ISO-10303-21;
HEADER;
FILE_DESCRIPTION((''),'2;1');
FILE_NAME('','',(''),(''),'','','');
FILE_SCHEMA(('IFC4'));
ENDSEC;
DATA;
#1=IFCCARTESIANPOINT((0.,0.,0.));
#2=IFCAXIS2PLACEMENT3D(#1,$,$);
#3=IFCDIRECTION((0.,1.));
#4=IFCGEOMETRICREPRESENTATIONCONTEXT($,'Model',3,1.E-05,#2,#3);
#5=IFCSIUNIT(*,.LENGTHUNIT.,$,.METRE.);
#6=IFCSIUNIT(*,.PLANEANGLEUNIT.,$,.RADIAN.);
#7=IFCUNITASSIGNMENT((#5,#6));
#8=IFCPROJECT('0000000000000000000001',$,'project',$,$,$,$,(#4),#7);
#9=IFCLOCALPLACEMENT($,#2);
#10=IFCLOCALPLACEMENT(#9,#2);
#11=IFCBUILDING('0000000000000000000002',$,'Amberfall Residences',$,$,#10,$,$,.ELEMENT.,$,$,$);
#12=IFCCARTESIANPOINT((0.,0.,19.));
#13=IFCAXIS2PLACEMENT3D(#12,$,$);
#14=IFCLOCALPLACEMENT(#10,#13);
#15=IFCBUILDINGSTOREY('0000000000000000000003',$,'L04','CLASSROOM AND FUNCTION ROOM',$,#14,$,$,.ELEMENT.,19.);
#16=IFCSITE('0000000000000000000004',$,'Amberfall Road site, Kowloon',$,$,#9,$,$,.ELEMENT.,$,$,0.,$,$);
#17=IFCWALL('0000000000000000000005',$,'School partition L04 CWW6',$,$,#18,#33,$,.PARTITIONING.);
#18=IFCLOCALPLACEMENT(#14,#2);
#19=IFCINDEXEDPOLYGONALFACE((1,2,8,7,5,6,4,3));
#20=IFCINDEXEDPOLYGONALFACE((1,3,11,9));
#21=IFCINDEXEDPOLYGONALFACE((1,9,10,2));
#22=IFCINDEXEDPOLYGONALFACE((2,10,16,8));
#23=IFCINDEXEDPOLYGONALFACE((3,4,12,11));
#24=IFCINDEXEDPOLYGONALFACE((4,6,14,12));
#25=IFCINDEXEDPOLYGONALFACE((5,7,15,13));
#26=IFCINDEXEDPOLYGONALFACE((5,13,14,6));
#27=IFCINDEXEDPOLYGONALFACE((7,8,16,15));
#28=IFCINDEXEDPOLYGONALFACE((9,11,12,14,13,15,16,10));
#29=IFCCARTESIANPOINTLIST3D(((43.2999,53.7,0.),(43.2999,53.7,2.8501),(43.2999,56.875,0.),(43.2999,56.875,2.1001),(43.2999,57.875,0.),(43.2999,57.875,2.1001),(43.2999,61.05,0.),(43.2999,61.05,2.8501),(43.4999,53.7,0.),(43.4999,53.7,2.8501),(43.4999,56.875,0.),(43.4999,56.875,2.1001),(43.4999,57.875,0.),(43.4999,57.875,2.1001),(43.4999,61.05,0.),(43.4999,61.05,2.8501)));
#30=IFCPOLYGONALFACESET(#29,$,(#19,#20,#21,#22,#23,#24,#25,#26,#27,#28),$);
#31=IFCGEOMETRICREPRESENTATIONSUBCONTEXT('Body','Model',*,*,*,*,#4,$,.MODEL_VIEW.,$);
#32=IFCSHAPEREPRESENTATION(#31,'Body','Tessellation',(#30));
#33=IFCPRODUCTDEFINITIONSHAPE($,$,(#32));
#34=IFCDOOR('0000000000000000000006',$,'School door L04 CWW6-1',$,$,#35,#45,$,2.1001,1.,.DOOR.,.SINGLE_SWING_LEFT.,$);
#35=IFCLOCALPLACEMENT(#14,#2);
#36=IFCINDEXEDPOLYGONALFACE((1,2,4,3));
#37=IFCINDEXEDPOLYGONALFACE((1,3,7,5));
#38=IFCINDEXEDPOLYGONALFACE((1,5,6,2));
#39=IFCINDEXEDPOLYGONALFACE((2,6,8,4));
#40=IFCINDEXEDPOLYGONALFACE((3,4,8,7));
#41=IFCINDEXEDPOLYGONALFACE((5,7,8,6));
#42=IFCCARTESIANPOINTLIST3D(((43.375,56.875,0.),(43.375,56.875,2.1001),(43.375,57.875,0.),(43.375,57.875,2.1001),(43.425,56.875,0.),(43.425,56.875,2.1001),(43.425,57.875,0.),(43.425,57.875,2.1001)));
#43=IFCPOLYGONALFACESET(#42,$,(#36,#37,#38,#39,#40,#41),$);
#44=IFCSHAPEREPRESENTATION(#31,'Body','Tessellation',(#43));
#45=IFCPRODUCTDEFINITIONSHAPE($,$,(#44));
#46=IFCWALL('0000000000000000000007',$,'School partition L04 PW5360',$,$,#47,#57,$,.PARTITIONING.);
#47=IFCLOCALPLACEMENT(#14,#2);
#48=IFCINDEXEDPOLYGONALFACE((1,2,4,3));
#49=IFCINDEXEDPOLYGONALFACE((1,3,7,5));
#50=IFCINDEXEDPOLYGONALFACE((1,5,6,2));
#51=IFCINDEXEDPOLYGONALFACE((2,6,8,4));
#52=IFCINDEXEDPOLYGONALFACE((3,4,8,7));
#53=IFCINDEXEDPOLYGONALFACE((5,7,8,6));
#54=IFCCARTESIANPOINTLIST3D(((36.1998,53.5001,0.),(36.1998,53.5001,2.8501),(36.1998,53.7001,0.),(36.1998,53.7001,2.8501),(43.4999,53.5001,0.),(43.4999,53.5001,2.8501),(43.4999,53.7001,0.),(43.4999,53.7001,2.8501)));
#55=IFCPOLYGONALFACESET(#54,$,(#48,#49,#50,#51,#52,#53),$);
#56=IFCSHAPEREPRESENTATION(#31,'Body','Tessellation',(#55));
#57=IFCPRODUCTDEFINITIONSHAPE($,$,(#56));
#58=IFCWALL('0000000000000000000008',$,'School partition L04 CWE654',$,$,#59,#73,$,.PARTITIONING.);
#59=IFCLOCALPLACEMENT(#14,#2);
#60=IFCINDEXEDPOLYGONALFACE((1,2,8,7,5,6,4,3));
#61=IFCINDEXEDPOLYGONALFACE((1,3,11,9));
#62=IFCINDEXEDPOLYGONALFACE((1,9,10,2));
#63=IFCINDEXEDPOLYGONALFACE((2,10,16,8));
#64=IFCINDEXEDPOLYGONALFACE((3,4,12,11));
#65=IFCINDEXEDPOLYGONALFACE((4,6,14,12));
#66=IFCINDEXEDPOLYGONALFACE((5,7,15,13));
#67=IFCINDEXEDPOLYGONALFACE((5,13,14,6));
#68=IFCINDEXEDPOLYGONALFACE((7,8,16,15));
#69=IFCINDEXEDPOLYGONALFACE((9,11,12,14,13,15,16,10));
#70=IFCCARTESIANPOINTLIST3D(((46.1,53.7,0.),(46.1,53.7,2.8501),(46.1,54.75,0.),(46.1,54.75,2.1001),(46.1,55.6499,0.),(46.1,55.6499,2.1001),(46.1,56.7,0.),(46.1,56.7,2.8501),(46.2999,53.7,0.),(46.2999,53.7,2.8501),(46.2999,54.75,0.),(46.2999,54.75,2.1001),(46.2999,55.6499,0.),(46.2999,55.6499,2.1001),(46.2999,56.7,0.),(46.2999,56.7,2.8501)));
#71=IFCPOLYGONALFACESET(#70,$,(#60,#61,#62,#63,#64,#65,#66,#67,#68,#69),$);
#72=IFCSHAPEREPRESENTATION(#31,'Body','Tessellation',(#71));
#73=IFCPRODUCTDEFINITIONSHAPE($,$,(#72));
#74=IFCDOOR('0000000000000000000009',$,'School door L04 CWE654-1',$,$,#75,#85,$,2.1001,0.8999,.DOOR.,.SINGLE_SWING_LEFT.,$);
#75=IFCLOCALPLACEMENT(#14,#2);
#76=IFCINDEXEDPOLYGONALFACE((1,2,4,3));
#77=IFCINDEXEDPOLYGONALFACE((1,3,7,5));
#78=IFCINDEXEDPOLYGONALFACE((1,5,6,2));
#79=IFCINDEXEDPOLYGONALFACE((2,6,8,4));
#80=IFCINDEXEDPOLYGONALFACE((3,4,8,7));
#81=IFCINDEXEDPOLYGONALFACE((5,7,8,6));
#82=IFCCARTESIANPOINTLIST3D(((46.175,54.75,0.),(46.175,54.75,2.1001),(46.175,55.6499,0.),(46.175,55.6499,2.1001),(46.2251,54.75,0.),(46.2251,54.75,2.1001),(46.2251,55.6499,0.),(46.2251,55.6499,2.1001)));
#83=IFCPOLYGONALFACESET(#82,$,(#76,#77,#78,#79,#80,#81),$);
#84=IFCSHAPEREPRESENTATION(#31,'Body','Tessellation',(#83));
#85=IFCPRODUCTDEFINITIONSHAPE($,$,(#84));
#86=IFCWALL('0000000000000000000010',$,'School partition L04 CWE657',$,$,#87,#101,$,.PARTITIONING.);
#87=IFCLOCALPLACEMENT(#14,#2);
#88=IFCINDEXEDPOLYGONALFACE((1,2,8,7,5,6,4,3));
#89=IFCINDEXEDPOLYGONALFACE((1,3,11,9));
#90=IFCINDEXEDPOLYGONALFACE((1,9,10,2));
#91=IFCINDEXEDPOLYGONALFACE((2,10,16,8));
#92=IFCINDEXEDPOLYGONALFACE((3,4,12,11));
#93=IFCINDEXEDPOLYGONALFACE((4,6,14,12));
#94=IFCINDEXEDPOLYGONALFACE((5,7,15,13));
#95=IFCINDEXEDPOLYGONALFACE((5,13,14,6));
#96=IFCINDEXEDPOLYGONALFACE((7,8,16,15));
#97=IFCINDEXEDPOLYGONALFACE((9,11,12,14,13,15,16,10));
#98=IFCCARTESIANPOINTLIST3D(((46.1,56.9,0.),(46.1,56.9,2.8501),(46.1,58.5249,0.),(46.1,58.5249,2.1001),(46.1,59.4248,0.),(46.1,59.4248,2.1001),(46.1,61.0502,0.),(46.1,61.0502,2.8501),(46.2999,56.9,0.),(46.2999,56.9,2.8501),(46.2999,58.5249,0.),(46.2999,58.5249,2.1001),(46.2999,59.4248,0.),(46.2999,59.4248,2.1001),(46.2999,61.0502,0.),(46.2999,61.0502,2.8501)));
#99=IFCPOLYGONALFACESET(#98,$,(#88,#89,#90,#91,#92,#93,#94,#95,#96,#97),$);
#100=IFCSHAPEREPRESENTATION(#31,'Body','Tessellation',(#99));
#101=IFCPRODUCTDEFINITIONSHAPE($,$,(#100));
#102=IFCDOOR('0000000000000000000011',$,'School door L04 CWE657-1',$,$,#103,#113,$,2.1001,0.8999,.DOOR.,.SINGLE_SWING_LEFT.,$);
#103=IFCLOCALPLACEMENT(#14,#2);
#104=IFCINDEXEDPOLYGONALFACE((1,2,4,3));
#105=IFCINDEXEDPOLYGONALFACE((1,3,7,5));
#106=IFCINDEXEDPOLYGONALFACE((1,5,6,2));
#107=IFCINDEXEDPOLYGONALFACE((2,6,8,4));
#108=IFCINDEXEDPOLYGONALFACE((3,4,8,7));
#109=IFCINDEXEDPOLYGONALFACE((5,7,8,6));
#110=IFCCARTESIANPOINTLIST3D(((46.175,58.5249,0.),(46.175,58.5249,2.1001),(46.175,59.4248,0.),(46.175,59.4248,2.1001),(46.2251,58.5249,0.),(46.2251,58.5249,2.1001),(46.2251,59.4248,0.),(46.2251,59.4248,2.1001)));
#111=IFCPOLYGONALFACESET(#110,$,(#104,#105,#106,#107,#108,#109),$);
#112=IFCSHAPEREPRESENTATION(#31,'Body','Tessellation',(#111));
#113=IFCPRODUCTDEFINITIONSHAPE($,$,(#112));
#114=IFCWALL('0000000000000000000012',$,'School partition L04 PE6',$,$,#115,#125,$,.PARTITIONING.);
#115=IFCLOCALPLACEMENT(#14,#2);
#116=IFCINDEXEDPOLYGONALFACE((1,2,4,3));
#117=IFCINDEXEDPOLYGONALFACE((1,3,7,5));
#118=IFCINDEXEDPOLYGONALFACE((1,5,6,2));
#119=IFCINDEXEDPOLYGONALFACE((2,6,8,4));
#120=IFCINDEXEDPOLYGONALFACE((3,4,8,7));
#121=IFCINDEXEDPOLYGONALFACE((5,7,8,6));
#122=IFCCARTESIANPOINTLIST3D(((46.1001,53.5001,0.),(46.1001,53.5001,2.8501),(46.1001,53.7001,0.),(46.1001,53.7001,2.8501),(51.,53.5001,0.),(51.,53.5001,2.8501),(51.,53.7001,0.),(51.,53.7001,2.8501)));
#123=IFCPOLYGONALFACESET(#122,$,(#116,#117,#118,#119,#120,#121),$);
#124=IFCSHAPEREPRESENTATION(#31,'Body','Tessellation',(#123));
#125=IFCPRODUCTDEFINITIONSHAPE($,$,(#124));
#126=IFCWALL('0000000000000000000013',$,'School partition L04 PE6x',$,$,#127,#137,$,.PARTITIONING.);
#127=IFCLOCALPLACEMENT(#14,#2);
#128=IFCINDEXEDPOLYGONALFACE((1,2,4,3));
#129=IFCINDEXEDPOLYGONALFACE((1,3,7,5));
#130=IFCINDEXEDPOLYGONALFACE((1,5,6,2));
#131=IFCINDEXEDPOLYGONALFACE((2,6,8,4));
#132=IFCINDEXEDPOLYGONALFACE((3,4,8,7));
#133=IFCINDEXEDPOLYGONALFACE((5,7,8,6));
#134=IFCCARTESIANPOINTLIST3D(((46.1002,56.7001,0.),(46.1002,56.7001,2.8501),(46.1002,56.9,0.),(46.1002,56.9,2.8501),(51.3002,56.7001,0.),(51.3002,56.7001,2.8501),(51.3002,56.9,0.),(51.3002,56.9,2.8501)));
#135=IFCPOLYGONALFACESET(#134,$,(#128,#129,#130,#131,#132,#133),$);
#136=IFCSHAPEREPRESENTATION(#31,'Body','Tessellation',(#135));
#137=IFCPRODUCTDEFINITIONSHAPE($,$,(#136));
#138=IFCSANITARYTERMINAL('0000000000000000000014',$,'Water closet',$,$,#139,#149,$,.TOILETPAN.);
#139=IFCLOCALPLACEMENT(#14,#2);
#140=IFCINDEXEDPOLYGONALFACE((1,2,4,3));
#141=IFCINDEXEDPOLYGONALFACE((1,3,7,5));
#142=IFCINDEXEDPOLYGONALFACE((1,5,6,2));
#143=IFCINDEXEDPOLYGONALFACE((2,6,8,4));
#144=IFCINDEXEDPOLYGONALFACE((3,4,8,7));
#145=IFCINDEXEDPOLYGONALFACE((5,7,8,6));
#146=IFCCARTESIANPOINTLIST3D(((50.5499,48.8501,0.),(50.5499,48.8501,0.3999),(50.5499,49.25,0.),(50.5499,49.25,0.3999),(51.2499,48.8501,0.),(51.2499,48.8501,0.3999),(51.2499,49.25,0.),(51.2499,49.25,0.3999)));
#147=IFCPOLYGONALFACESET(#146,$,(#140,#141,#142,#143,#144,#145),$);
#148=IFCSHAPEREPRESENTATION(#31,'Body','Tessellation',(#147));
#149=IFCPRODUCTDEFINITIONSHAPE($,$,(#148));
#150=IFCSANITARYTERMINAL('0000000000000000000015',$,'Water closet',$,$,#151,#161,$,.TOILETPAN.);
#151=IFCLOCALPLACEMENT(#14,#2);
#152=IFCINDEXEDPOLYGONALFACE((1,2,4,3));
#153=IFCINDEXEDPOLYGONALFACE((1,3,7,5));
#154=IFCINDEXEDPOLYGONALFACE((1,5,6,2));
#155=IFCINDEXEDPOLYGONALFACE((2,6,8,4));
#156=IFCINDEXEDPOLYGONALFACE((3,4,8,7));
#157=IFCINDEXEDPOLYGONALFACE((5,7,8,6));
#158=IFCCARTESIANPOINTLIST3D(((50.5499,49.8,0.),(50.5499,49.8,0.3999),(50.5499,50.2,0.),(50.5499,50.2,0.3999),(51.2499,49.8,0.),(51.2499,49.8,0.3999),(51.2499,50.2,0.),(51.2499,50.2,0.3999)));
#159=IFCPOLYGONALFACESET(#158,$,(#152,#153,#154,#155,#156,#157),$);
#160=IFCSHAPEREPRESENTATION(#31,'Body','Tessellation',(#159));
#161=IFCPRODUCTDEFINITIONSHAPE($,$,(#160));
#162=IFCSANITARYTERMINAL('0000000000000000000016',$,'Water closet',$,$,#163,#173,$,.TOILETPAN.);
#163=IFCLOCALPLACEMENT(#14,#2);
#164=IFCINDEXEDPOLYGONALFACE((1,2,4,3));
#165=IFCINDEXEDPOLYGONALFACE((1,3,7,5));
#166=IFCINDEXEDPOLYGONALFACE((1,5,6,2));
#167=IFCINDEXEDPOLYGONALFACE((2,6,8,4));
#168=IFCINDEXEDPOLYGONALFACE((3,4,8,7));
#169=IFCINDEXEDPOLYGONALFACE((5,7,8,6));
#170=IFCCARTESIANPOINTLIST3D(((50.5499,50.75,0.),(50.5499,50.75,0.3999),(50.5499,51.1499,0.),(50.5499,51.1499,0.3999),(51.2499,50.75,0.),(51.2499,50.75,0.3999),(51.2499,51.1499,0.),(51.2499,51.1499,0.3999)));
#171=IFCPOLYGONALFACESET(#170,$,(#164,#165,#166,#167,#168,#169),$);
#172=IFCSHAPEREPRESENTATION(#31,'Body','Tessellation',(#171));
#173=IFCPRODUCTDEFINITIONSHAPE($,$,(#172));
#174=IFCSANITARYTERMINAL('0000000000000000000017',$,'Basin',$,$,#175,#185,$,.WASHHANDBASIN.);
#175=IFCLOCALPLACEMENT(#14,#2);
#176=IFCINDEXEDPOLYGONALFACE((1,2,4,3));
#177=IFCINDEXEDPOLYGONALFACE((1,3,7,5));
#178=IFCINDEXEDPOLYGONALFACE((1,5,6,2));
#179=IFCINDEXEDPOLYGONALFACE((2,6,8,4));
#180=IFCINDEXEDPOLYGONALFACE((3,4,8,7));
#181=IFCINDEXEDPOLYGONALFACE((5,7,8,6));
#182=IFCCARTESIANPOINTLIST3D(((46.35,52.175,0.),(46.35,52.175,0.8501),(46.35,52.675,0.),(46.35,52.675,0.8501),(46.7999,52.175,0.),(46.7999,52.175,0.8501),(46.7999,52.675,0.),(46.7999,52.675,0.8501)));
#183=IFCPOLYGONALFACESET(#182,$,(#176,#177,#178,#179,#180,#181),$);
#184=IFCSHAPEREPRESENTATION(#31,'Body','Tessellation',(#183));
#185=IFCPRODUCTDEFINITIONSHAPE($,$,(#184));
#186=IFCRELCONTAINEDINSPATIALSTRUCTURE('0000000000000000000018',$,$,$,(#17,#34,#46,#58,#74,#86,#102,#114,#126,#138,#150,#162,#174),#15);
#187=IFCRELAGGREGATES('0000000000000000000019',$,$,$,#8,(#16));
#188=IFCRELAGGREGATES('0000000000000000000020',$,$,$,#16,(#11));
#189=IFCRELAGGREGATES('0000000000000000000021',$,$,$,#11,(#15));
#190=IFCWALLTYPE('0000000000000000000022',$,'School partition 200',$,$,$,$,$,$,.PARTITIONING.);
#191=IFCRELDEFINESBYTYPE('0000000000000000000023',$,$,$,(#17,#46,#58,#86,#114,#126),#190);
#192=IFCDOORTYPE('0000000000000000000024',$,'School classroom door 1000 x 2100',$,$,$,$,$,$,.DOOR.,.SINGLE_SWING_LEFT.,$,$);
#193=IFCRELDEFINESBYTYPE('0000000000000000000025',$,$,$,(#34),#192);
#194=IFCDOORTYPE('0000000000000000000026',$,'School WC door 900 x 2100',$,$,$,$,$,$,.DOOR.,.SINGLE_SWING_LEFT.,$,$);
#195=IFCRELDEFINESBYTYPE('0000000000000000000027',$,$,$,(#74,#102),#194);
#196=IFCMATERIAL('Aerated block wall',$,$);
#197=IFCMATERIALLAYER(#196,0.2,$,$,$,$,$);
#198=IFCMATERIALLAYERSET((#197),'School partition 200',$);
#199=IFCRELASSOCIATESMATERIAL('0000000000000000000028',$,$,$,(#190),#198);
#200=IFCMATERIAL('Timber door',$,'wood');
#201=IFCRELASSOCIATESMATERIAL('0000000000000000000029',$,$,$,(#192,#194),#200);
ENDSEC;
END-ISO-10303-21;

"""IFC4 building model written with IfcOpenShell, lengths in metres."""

from ifc_helpers import new_model, si_unit, direction, frame, frame_2d, origin, origin_2d, place, context, subcontext, project, spatial, rectangle, extrude, material, layer, layer_set, type_object, element, fill, save


model = new_model("IFC4")

# Units and contexts
model_context = context("Model", 3, precision=1e-05, world=origin(), true_north=direction((0.0, 1.0)))
body_context = subcontext(model_context, "Body", "Model", "MODEL_VIEW")
ifc_project = project(units=[si_unit("LENGTHUNIT", "METRE"), si_unit("PLANEANGLEUNIT", "RADIAN")], contexts=[model_context])

# Site, building, storey
site_placement = place(None, origin())
site = spatial("IfcSite", under=ifc_project, at=site_placement, Name="Amberfall Road site, Kowloon", CompositionType="ELEMENT", RefElevation=0.0)
building_placement = place(site_placement, origin())
building = spatial("IfcBuilding", under=site, at=building_placement, Name="Amberfall Residences", CompositionType="ELEMENT")
storey_placement = place(building_placement, frame((0.0, 0.0, 19.0)))
storey = spatial("IfcBuildingStorey", under=building, at=storey_placement, Name="L04", Description="CLASSROOM AND FUNCTION ROOM", CompositionType="ELEMENT", Elevation=19.0)

# Shared definitions
ifc_material_1 = material(Name="Aerated block wall")

# Wall, opening, door
ifc_layer_1 = layer(ifc_material_1, 0.2)
ifc_layer_set_1 = layer_set([ifc_layer_1], Name="School partition 200")
wall_type_1 = type_object("IfcWallType", Name="School partition 200", PredefinedType="PARTITIONING", material=ifc_layer_set_1)
wall_1_placement = place(storey_placement, frame((43.3999, 53.7, 0.0), z_axis=(0.0, 0.0, 1.0), x_axis=(0.0, 1.0, 0.0)))
wall_1 = element("IfcWall", 1, at=wall_1_placement, inside=storey, type_object=wall_type_1, Name="School partition L04 CWW6", PredefinedType="PARTITIONING", context=body_context, shape_type="SweptSolid", body=[
    extrude(rectangle(XDim=7.3501, YDim=0.2, at=frame_2d((3.675, 0.0))), origin(), (0.0, 0.0, 1.0), 2.8501),
])
opening_1_placement = place(wall_1_placement, frame((3.175, 0.0, 0.0)))
opening_1 = element("IfcOpeningElement", 2, at=opening_1_placement, cuts=wall_1, PredefinedType="OPENING", context=body_context, shape_type="SweptSolid", body=[
    extrude(rectangle(XDim=1.0, YDim=2.1001, at=frame_2d((0.5, 1.05))), frame((0.0, 0.1099, 0.0), z_axis=(0.0, -1.0, 0.0), x_axis=(1.0, 0.0, 0.0)), (0.0, 0.0, 1.0), 0.22),
])
ifc_material_2 = material(Name="Timber door", Category="wood")
door_type_1 = type_object("IfcDoorType", Name="School classroom door 1000 x 2100", OperationType="SINGLE_SWING_LEFT", PredefinedType="DOOR", material=ifc_material_2)
door_1_placement = place(opening_1_placement, origin())
door_1 = element("IfcDoor", 3, at=door_1_placement, inside=storey, type_object=door_type_1, Name="School door L04 CWW6-1", OperationType="SINGLE_SWING_LEFT", OverallHeight=2.1001, OverallWidth=1.0, PredefinedType="DOOR", context=body_context, shape_type="SweptSolid", body=[
    extrude(rectangle(XDim=1.0, YDim=2.1001, at=frame_2d((0.5, 1.05))), frame((0.0, 0.0249, 0.0), z_axis=(0.0, -1.0, 0.0), x_axis=(1.0, 0.0, 0.0)), (0.0, 0.0, 1.0), 0.05),
])
fill(opening_1, door_1)

# Wall
wall_2_placement = place(storey_placement, frame((36.2, 53.6001, 0.0), z_axis=(0.0, 0.0, 1.0), x_axis=(1.0, 0.0, 0.0)))
element("IfcWall", 4, at=wall_2_placement, inside=storey, type_object=wall_type_1, Name="School partition L04 PW5360", PredefinedType="PARTITIONING", context=body_context, shape_type="SweptSolid", body=[
    extrude(rectangle(XDim=7.3, YDim=0.2, at=frame_2d((3.6499, 0.0))), origin(), (0.0, 0.0, 1.0), 2.8501),
])

# Walls, openings, doors
wall_3_placement = place(storey_placement, frame((46.2, 53.7, 0.0), z_axis=(0.0, 0.0, 1.0), x_axis=(0.0, 1.0, 0.0)))
wall_3 = element("IfcWall", 5, at=wall_3_placement, inside=storey, type_object=wall_type_1, Name="School partition L04 CWE654", PredefinedType="PARTITIONING", context=body_context, shape_type="SweptSolid", body=[
    extrude(rectangle(XDim=3.0, YDim=0.2, at=frame_2d((1.5, 0.0))), origin(), (0.0, 0.0, 1.0), 2.8501),
])
opening_2_placement = place(wall_3_placement, frame((1.05, 0.0, 0.0)))
opening_2 = element("IfcOpeningElement", 6, at=opening_2_placement, cuts=wall_3, PredefinedType="OPENING", context=body_context, shape_type="SweptSolid", body=[
    extrude(rectangle(XDim=0.8999, YDim=2.1001, at=frame_2d((0.45, 1.05))), frame((0.0, 0.1099, 0.0), z_axis=(0.0, -1.0, 0.0), x_axis=(1.0, 0.0, 0.0)), (0.0, 0.0, 1.0), 0.22),
])
door_type_2 = type_object("IfcDoorType", Name="School WC door 900 x 2100", OperationType="SINGLE_SWING_LEFT", PredefinedType="DOOR", material=ifc_material_2)
door_2_placement = place(opening_2_placement, origin())
door_2 = element("IfcDoor", 7, at=door_2_placement, inside=storey, type_object=door_type_2, Name="School door L04 CWE654-1", OperationType="SINGLE_SWING_LEFT", OverallHeight=2.1001, OverallWidth=0.8999, PredefinedType="DOOR", context=body_context, shape_type="SweptSolid", body=[
    extrude(rectangle(XDim=0.8999, YDim=2.1001, at=frame_2d((0.45, 1.05))), frame((0.0, 0.0249, 0.0), z_axis=(0.0, -1.0, 0.0), x_axis=(1.0, 0.0, 0.0)), (0.0, 0.0, 1.0), 0.05),
])
fill(opening_2, door_2)
wall_4_placement = place(storey_placement, frame((46.2, 56.8999, 0.0), z_axis=(0.0, 0.0, 1.0), x_axis=(0.0, 1.0, 0.0)))
wall_4 = element("IfcWall", 8, at=wall_4_placement, inside=storey, type_object=wall_type_1, Name="School partition L04 CWE657", PredefinedType="PARTITIONING", context=body_context, shape_type="SweptSolid", body=[
    extrude(rectangle(XDim=4.1501, YDim=0.2, at=frame_2d((2.0752, 0.0))), origin(), (0.0, 0.0, 1.0), 2.8501),
])
opening_3_placement = place(wall_4_placement, frame((1.625, 0.0, 0.0)))
opening_3 = element("IfcOpeningElement", 9, at=opening_3_placement, cuts=wall_4, PredefinedType="OPENING", context=body_context, shape_type="SweptSolid", body=[
    extrude(rectangle(XDim=0.8999, YDim=2.1001, at=frame_2d((0.45, 1.05))), frame((0.0, 0.1099, 0.0), z_axis=(0.0, -1.0, 0.0), x_axis=(1.0, 0.0, 0.0)), (0.0, 0.0, 1.0), 0.22),
])
door_3_placement = place(opening_3_placement, origin())
door_3 = element("IfcDoor", 10, at=door_3_placement, inside=storey, type_object=door_type_2, Name="School door L04 CWE657-1", OperationType="SINGLE_SWING_LEFT", OverallHeight=2.1001, OverallWidth=0.8999, PredefinedType="DOOR", context=body_context, shape_type="SweptSolid", body=[
    extrude(rectangle(XDim=0.8999, YDim=2.1001, at=frame_2d((0.45, 1.05))), frame((0.0, 0.0249, 0.0), z_axis=(0.0, -1.0, 0.0), x_axis=(1.0, 0.0, 0.0)), (0.0, 0.0, 1.0), 0.05),
])
fill(opening_3, door_3)

# Walls
wall_5_placement = place(storey_placement, frame((46.1001, 53.6001, 0.0), z_axis=(0.0, 0.0, 1.0), x_axis=(1.0, 0.0, 0.0)))
element("IfcWall", 11, at=wall_5_placement, inside=storey, type_object=wall_type_1, Name="School partition L04 PE6", PredefinedType="PARTITIONING", context=body_context, shape_type="SweptSolid", body=[
    extrude(rectangle(XDim=4.8999, YDim=0.2, at=frame_2d((2.45, 0.0))), origin(), (0.0, 0.0, 1.0), 2.8501),
])
wall_6_placement = place(storey_placement, frame((46.1001, 56.8, 0.0), z_axis=(0.0, 0.0, 1.0), x_axis=(1.0, 0.0, 0.0)))
element("IfcWall", 12, at=wall_6_placement, inside=storey, type_object=wall_type_1, Name="School partition L04 PE6x", PredefinedType="PARTITIONING", context=body_context, shape_type="SweptSolid", body=[
    extrude(rectangle(XDim=5.2, YDim=0.2, at=frame_2d((2.6001, 0.0))), origin(), (0.0, 0.0, 1.0), 2.8501),
])

# Sanitary terminals
for number, where, z_axis, x_axis, name in (
    (13, (50.8999, 49.05, 0.0), (0.0, 0.0, 1.0), (1.0, 0.0, 0.0), "Water closet"),
    (14, (50.8999, 50.0, 0.0), (0.0, 0.0, 1.0), (1.0, 0.0, 0.0), "Water closet"),
    (15, (50.8999, 50.95, 0.0), (0.0, 0.0, 1.0), (1.0, 0.0, 0.0), "Water closet"),
):
    element("IfcSanitaryTerminal", number, at=place(storey_placement, frame(where, z_axis=z_axis, x_axis=x_axis)), inside=storey, Name=name, PredefinedType="TOILETPAN", context=body_context, shape_type="SweptSolid", body=[
        extrude(rectangle(XDim=0.7, YDim=0.3999, at=origin_2d()), origin(), (0.0, 0.0, 1.0), 0.3999),
    ])
sanitary_terminal_1_placement = place(storey_placement, frame((46.575, 52.425, 0.0), z_axis=(0.0, 0.0, 1.0), x_axis=(1.0, 0.0, 0.0)))
element("IfcSanitaryTerminal", 16, at=sanitary_terminal_1_placement, inside=storey, Name="Basin", PredefinedType="WASHHANDBASIN", context=body_context, shape_type="SweptSolid", body=[
    extrude(rectangle(XDim=0.45, YDim=0.5, at=origin_2d()), origin(), (0.0, 0.0, 1.0), 0.8501),
])

save(model, "model.ifc")
